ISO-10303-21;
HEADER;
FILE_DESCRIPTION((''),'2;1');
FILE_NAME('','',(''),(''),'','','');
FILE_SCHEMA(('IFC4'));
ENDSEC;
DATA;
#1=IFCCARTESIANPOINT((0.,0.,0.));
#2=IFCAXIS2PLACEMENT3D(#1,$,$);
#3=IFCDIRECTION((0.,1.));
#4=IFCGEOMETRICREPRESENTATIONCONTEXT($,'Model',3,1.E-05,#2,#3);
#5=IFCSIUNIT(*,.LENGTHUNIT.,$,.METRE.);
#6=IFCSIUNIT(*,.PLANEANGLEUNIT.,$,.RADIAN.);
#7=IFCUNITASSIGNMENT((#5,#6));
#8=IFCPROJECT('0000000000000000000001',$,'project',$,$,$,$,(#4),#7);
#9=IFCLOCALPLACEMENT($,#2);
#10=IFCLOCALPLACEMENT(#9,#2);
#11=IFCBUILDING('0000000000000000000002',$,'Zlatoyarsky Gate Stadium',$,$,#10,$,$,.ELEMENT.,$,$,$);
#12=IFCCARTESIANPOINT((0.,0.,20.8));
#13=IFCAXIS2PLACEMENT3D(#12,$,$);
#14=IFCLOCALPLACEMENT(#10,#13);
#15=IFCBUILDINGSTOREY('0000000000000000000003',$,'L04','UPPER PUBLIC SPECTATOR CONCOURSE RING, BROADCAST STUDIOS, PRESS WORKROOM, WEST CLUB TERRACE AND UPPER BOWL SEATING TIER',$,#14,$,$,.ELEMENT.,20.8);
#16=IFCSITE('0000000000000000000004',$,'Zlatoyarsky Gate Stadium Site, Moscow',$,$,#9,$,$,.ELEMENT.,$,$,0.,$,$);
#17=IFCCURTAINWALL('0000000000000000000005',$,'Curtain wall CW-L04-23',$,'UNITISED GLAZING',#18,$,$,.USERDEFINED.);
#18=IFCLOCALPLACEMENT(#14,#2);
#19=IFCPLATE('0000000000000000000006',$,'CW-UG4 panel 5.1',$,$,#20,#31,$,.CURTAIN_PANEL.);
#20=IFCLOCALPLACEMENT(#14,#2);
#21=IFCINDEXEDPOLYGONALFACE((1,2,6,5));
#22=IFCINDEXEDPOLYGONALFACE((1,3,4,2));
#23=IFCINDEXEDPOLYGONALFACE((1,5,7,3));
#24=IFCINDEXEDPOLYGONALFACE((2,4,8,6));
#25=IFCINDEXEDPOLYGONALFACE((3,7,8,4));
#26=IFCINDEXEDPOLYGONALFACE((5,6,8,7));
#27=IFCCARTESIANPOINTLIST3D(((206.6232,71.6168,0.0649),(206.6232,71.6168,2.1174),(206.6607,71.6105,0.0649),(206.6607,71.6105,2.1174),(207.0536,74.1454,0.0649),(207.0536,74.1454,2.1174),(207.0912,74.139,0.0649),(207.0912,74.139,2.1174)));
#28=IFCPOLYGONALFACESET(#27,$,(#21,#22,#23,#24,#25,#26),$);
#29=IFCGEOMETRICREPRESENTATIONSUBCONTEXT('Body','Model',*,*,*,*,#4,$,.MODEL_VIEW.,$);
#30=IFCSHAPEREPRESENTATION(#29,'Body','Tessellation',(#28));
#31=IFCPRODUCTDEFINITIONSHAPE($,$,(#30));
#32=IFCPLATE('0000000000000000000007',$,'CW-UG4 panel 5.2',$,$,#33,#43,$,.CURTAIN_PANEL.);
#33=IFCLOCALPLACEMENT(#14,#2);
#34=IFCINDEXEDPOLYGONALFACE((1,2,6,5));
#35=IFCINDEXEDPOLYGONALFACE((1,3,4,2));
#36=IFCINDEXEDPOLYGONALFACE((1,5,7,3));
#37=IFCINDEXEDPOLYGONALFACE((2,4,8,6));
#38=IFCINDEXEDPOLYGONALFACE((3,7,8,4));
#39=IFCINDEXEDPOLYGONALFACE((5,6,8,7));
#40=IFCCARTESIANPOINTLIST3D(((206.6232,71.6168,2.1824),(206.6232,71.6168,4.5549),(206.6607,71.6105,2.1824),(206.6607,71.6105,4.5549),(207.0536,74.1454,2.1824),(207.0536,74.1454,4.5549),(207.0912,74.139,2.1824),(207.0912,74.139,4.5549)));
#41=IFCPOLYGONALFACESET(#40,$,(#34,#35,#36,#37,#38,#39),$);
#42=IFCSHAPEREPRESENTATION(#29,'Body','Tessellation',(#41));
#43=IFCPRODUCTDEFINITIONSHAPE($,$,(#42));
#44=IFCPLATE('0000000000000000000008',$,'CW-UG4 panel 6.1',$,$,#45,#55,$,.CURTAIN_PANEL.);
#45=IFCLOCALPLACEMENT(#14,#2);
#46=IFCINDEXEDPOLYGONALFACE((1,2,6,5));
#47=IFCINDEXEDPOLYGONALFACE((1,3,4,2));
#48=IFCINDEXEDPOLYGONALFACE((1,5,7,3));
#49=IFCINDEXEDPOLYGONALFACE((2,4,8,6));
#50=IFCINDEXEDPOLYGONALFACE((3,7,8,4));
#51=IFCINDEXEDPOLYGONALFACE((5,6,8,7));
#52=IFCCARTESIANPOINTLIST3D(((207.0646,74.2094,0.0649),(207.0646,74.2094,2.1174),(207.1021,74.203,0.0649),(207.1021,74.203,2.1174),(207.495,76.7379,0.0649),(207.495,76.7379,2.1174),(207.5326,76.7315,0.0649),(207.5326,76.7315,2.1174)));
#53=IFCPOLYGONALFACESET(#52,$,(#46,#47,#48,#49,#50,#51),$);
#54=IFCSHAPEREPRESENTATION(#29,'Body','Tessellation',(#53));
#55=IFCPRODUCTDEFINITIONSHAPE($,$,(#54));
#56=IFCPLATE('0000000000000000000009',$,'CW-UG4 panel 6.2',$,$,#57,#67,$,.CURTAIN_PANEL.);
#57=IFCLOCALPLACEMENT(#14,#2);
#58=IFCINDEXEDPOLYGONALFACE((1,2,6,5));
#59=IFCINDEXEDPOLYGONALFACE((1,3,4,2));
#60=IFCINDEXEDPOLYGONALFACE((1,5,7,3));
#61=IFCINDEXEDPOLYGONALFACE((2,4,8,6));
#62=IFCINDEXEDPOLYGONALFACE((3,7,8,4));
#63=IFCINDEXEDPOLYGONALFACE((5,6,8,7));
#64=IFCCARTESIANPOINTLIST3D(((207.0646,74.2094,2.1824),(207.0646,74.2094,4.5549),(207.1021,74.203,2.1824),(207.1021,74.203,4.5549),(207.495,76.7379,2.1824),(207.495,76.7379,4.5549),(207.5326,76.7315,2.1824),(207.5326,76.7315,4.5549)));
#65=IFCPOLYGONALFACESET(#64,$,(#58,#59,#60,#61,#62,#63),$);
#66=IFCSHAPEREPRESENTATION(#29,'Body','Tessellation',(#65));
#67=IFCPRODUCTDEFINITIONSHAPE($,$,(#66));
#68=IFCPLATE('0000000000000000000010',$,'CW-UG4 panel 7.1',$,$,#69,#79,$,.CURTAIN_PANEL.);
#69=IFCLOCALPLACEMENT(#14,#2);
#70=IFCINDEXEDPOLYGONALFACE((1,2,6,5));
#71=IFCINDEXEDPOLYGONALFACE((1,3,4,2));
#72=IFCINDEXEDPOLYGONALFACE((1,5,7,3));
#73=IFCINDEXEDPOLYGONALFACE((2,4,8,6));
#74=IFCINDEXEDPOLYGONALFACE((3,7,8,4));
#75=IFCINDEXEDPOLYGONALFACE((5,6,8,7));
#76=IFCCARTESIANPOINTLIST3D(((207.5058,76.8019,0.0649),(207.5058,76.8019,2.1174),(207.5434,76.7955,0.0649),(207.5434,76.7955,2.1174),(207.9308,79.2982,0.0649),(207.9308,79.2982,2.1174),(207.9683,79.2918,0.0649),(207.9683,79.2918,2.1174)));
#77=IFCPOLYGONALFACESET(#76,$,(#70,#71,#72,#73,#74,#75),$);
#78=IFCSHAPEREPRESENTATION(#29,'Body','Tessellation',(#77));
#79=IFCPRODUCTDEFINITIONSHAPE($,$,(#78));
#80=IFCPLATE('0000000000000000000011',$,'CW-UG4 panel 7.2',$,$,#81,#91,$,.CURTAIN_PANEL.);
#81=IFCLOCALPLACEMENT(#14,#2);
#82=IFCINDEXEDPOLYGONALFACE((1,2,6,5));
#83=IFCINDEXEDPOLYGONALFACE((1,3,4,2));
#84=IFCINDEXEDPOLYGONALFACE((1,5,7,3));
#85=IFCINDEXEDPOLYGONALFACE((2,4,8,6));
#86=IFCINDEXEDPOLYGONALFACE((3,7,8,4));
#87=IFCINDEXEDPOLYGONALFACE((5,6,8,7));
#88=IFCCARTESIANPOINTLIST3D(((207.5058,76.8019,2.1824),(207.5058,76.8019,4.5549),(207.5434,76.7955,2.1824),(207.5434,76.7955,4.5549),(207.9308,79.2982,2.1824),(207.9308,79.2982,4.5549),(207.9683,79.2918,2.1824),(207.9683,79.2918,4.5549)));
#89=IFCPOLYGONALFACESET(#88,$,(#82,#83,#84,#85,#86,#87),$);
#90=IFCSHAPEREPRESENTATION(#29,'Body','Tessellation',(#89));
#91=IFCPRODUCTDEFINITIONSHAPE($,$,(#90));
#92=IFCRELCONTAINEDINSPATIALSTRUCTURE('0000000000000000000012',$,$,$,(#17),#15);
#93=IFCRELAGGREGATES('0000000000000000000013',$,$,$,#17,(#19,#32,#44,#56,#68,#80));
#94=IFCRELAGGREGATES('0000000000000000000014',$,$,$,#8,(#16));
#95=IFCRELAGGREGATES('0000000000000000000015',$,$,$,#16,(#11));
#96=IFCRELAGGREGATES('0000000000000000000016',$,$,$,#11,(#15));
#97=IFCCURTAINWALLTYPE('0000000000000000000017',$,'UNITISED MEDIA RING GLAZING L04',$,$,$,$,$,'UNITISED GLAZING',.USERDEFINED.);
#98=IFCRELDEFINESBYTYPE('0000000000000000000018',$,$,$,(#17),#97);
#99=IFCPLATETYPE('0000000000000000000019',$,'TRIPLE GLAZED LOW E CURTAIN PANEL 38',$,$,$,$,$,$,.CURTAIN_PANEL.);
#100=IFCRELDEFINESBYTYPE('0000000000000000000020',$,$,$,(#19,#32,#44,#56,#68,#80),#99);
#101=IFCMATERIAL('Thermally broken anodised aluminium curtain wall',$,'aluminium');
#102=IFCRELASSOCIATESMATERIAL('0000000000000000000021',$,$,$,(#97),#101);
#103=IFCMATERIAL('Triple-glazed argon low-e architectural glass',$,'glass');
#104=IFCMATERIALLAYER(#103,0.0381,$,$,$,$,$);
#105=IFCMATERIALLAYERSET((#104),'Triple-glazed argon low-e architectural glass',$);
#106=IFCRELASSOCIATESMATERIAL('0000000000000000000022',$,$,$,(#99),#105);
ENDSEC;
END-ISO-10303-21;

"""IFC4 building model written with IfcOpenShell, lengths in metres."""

from ifc_helpers import new_model, si_unit, direction, frame, origin, origin_2d, place, context, subcontext, project, spatial, rectangle, extrude, material, layer, layer_set, type_object, element, aggregate, save


model = new_model("IFC4")

# Units and contexts
model_context = context("Model", 3, precision=1e-05, world=origin(), true_north=direction((0.0, 1.0)))
body_context = subcontext(model_context, "Body", "Model", "MODEL_VIEW")
ifc_project = project(units=[si_unit("LENGTHUNIT", "METRE"), si_unit("PLANEANGLEUNIT", "RADIAN")], contexts=[model_context])

# Site, building, storey
site_placement = place(None, origin())
site = spatial("IfcSite", under=ifc_project, at=site_placement, Name="Zlatoyarsky Gate Stadium Site, Moscow", CompositionType="ELEMENT", RefElevation=0.0)
building_placement = place(site_placement, origin())
building = spatial("IfcBuilding", under=site, at=building_placement, Name="Zlatoyarsky Gate Stadium", CompositionType="ELEMENT")
storey_placement = place(building_placement, frame((0.0, 0.0, 20.8)))
storey = spatial("IfcBuildingStorey", under=building, at=storey_placement, Name="L04", Description="UPPER PUBLIC SPECTATOR CONCOURSE RING, BROADCAST STUDIOS, PRESS WORKROOM, WEST CLUB TERRACE AND UPPER BOWL SEATING TIER", CompositionType="ELEMENT", Elevation=20.8)

# Curtain wall
ifc_material_1 = material(Name="Thermally broken anodised aluminium curtain wall", Category="aluminium")
curtain_wall_type = type_object("IfcCurtainWallType", Name="UNITISED MEDIA RING GLAZING L04", ElementType="UNITISED GLAZING", PredefinedType="USERDEFINED", material=ifc_material_1)
curtain_wall_placement = place(storey_placement, origin())
curtain_wall = element("IfcCurtainWall", 1, at=curtain_wall_placement, inside=storey, type_object=curtain_wall_type, Name="Curtain wall CW-L04-23", ObjectType="UNITISED GLAZING", PredefinedType="USERDEFINED")

# Plates
ifc_material_2 = material(Name="Triple-glazed argon low-e architectural glass", Category="glass")
ifc_layer_1 = layer(ifc_material_2, 0.0381)
ifc_layer_set_1 = layer_set([ifc_layer_1], Name="Triple-glazed argon low-e architectural glass")
plate_type_1 = type_object("IfcPlateType", Name="TRIPLE GLAZED LOW E CURTAIN PANEL 38", PredefinedType="CURTAIN_PANEL", material=ifc_layer_set_1)
plate_1_placement = place(storey_placement, frame((206.8572, 72.8779, 0.0649), z_axis=(0.0, 0.0, 1.0), x_axis=(0.167821, 0.985817, 0.0)))
plate_1 = element("IfcPlate", 2, at=plate_1_placement, type_object=plate_type_1, Name="CW-UG4 panel 5.1", PredefinedType="CURTAIN_PANEL", context=body_context, shape_type="SweptSolid", body=[
    extrude(rectangle(XDim=2.5649, YDim=0.0381, at=origin_2d()), origin(), (0.0, 0.0, 1.0), 2.0525),
])
plate_2_placement = place(storey_placement, frame((206.8572, 72.8779, 2.1824), z_axis=(0.0, 0.0, 1.0), x_axis=(0.167821, 0.985817, 0.0)))
plate_2 = element("IfcPlate", 3, at=plate_2_placement, type_object=plate_type_1, Name="CW-UG4 panel 5.2", PredefinedType="CURTAIN_PANEL", context=body_context, shape_type="SweptSolid", body=[
    extrude(rectangle(XDim=2.5649, YDim=0.0381, at=origin_2d()), origin(), (0.0, 0.0, 1.0), 2.3726),
])
plate_3_placement = place(storey_placement, frame((207.2986, 75.4705, 0.0649), z_axis=(0.0, 0.0, 1.0), x_axis=(0.167821, 0.985817, 0.0)))
plate_3 = element("IfcPlate", 4, at=plate_3_placement, type_object=plate_type_1, Name="CW-UG4 panel 6.1", PredefinedType="CURTAIN_PANEL", context=body_context, shape_type="SweptSolid", body=[
    extrude(rectangle(XDim=2.5649, YDim=0.0381, at=origin_2d()), origin(), (0.0, 0.0, 1.0), 2.0525),
])
plate_4_placement = place(storey_placement, frame((207.2986, 75.4705, 2.1824), z_axis=(0.0, 0.0, 1.0), x_axis=(0.167821, 0.985817, 0.0)))
plate_4 = element("IfcPlate", 5, at=plate_4_placement, type_object=plate_type_1, Name="CW-UG4 panel 6.2", PredefinedType="CURTAIN_PANEL", context=body_context, shape_type="SweptSolid", body=[
    extrude(rectangle(XDim=2.5649, YDim=0.0381, at=origin_2d()), origin(), (0.0, 0.0, 1.0), 2.3726),
])
plate_5_placement = place(storey_placement, frame((207.7371, 78.0469, 0.0649), z_axis=(0.0, 0.0, 1.0), x_axis=(0.167821, 0.985817, 0.0)))
plate_5 = element("IfcPlate", 6, at=plate_5_placement, type_object=plate_type_1, Name="CW-UG4 panel 7.1", PredefinedType="CURTAIN_PANEL", context=body_context, shape_type="SweptSolid", body=[
    extrude(rectangle(XDim=2.5322, YDim=0.0381, at=origin_2d()), origin(), (0.0, 0.0, 1.0), 2.0525),
])
plate_6_placement = place(storey_placement, frame((207.7371, 78.0469, 2.1824), z_axis=(0.0, 0.0, 1.0), x_axis=(0.167821, 0.985817, 0.0)))
plate_6 = element("IfcPlate", 7, at=plate_6_placement, type_object=plate_type_1, Name="CW-UG4 panel 7.2", PredefinedType="CURTAIN_PANEL", context=body_context, shape_type="SweptSolid", body=[
    extrude(rectangle(XDim=2.5322, YDim=0.0381, at=origin_2d()), origin(), (0.0, 0.0, 1.0), 2.3726),
])
aggregate(curtain_wall, [plate_1, plate_2, plate_3, plate_4, plate_5, plate_6])

save(model, "model.ifc")
